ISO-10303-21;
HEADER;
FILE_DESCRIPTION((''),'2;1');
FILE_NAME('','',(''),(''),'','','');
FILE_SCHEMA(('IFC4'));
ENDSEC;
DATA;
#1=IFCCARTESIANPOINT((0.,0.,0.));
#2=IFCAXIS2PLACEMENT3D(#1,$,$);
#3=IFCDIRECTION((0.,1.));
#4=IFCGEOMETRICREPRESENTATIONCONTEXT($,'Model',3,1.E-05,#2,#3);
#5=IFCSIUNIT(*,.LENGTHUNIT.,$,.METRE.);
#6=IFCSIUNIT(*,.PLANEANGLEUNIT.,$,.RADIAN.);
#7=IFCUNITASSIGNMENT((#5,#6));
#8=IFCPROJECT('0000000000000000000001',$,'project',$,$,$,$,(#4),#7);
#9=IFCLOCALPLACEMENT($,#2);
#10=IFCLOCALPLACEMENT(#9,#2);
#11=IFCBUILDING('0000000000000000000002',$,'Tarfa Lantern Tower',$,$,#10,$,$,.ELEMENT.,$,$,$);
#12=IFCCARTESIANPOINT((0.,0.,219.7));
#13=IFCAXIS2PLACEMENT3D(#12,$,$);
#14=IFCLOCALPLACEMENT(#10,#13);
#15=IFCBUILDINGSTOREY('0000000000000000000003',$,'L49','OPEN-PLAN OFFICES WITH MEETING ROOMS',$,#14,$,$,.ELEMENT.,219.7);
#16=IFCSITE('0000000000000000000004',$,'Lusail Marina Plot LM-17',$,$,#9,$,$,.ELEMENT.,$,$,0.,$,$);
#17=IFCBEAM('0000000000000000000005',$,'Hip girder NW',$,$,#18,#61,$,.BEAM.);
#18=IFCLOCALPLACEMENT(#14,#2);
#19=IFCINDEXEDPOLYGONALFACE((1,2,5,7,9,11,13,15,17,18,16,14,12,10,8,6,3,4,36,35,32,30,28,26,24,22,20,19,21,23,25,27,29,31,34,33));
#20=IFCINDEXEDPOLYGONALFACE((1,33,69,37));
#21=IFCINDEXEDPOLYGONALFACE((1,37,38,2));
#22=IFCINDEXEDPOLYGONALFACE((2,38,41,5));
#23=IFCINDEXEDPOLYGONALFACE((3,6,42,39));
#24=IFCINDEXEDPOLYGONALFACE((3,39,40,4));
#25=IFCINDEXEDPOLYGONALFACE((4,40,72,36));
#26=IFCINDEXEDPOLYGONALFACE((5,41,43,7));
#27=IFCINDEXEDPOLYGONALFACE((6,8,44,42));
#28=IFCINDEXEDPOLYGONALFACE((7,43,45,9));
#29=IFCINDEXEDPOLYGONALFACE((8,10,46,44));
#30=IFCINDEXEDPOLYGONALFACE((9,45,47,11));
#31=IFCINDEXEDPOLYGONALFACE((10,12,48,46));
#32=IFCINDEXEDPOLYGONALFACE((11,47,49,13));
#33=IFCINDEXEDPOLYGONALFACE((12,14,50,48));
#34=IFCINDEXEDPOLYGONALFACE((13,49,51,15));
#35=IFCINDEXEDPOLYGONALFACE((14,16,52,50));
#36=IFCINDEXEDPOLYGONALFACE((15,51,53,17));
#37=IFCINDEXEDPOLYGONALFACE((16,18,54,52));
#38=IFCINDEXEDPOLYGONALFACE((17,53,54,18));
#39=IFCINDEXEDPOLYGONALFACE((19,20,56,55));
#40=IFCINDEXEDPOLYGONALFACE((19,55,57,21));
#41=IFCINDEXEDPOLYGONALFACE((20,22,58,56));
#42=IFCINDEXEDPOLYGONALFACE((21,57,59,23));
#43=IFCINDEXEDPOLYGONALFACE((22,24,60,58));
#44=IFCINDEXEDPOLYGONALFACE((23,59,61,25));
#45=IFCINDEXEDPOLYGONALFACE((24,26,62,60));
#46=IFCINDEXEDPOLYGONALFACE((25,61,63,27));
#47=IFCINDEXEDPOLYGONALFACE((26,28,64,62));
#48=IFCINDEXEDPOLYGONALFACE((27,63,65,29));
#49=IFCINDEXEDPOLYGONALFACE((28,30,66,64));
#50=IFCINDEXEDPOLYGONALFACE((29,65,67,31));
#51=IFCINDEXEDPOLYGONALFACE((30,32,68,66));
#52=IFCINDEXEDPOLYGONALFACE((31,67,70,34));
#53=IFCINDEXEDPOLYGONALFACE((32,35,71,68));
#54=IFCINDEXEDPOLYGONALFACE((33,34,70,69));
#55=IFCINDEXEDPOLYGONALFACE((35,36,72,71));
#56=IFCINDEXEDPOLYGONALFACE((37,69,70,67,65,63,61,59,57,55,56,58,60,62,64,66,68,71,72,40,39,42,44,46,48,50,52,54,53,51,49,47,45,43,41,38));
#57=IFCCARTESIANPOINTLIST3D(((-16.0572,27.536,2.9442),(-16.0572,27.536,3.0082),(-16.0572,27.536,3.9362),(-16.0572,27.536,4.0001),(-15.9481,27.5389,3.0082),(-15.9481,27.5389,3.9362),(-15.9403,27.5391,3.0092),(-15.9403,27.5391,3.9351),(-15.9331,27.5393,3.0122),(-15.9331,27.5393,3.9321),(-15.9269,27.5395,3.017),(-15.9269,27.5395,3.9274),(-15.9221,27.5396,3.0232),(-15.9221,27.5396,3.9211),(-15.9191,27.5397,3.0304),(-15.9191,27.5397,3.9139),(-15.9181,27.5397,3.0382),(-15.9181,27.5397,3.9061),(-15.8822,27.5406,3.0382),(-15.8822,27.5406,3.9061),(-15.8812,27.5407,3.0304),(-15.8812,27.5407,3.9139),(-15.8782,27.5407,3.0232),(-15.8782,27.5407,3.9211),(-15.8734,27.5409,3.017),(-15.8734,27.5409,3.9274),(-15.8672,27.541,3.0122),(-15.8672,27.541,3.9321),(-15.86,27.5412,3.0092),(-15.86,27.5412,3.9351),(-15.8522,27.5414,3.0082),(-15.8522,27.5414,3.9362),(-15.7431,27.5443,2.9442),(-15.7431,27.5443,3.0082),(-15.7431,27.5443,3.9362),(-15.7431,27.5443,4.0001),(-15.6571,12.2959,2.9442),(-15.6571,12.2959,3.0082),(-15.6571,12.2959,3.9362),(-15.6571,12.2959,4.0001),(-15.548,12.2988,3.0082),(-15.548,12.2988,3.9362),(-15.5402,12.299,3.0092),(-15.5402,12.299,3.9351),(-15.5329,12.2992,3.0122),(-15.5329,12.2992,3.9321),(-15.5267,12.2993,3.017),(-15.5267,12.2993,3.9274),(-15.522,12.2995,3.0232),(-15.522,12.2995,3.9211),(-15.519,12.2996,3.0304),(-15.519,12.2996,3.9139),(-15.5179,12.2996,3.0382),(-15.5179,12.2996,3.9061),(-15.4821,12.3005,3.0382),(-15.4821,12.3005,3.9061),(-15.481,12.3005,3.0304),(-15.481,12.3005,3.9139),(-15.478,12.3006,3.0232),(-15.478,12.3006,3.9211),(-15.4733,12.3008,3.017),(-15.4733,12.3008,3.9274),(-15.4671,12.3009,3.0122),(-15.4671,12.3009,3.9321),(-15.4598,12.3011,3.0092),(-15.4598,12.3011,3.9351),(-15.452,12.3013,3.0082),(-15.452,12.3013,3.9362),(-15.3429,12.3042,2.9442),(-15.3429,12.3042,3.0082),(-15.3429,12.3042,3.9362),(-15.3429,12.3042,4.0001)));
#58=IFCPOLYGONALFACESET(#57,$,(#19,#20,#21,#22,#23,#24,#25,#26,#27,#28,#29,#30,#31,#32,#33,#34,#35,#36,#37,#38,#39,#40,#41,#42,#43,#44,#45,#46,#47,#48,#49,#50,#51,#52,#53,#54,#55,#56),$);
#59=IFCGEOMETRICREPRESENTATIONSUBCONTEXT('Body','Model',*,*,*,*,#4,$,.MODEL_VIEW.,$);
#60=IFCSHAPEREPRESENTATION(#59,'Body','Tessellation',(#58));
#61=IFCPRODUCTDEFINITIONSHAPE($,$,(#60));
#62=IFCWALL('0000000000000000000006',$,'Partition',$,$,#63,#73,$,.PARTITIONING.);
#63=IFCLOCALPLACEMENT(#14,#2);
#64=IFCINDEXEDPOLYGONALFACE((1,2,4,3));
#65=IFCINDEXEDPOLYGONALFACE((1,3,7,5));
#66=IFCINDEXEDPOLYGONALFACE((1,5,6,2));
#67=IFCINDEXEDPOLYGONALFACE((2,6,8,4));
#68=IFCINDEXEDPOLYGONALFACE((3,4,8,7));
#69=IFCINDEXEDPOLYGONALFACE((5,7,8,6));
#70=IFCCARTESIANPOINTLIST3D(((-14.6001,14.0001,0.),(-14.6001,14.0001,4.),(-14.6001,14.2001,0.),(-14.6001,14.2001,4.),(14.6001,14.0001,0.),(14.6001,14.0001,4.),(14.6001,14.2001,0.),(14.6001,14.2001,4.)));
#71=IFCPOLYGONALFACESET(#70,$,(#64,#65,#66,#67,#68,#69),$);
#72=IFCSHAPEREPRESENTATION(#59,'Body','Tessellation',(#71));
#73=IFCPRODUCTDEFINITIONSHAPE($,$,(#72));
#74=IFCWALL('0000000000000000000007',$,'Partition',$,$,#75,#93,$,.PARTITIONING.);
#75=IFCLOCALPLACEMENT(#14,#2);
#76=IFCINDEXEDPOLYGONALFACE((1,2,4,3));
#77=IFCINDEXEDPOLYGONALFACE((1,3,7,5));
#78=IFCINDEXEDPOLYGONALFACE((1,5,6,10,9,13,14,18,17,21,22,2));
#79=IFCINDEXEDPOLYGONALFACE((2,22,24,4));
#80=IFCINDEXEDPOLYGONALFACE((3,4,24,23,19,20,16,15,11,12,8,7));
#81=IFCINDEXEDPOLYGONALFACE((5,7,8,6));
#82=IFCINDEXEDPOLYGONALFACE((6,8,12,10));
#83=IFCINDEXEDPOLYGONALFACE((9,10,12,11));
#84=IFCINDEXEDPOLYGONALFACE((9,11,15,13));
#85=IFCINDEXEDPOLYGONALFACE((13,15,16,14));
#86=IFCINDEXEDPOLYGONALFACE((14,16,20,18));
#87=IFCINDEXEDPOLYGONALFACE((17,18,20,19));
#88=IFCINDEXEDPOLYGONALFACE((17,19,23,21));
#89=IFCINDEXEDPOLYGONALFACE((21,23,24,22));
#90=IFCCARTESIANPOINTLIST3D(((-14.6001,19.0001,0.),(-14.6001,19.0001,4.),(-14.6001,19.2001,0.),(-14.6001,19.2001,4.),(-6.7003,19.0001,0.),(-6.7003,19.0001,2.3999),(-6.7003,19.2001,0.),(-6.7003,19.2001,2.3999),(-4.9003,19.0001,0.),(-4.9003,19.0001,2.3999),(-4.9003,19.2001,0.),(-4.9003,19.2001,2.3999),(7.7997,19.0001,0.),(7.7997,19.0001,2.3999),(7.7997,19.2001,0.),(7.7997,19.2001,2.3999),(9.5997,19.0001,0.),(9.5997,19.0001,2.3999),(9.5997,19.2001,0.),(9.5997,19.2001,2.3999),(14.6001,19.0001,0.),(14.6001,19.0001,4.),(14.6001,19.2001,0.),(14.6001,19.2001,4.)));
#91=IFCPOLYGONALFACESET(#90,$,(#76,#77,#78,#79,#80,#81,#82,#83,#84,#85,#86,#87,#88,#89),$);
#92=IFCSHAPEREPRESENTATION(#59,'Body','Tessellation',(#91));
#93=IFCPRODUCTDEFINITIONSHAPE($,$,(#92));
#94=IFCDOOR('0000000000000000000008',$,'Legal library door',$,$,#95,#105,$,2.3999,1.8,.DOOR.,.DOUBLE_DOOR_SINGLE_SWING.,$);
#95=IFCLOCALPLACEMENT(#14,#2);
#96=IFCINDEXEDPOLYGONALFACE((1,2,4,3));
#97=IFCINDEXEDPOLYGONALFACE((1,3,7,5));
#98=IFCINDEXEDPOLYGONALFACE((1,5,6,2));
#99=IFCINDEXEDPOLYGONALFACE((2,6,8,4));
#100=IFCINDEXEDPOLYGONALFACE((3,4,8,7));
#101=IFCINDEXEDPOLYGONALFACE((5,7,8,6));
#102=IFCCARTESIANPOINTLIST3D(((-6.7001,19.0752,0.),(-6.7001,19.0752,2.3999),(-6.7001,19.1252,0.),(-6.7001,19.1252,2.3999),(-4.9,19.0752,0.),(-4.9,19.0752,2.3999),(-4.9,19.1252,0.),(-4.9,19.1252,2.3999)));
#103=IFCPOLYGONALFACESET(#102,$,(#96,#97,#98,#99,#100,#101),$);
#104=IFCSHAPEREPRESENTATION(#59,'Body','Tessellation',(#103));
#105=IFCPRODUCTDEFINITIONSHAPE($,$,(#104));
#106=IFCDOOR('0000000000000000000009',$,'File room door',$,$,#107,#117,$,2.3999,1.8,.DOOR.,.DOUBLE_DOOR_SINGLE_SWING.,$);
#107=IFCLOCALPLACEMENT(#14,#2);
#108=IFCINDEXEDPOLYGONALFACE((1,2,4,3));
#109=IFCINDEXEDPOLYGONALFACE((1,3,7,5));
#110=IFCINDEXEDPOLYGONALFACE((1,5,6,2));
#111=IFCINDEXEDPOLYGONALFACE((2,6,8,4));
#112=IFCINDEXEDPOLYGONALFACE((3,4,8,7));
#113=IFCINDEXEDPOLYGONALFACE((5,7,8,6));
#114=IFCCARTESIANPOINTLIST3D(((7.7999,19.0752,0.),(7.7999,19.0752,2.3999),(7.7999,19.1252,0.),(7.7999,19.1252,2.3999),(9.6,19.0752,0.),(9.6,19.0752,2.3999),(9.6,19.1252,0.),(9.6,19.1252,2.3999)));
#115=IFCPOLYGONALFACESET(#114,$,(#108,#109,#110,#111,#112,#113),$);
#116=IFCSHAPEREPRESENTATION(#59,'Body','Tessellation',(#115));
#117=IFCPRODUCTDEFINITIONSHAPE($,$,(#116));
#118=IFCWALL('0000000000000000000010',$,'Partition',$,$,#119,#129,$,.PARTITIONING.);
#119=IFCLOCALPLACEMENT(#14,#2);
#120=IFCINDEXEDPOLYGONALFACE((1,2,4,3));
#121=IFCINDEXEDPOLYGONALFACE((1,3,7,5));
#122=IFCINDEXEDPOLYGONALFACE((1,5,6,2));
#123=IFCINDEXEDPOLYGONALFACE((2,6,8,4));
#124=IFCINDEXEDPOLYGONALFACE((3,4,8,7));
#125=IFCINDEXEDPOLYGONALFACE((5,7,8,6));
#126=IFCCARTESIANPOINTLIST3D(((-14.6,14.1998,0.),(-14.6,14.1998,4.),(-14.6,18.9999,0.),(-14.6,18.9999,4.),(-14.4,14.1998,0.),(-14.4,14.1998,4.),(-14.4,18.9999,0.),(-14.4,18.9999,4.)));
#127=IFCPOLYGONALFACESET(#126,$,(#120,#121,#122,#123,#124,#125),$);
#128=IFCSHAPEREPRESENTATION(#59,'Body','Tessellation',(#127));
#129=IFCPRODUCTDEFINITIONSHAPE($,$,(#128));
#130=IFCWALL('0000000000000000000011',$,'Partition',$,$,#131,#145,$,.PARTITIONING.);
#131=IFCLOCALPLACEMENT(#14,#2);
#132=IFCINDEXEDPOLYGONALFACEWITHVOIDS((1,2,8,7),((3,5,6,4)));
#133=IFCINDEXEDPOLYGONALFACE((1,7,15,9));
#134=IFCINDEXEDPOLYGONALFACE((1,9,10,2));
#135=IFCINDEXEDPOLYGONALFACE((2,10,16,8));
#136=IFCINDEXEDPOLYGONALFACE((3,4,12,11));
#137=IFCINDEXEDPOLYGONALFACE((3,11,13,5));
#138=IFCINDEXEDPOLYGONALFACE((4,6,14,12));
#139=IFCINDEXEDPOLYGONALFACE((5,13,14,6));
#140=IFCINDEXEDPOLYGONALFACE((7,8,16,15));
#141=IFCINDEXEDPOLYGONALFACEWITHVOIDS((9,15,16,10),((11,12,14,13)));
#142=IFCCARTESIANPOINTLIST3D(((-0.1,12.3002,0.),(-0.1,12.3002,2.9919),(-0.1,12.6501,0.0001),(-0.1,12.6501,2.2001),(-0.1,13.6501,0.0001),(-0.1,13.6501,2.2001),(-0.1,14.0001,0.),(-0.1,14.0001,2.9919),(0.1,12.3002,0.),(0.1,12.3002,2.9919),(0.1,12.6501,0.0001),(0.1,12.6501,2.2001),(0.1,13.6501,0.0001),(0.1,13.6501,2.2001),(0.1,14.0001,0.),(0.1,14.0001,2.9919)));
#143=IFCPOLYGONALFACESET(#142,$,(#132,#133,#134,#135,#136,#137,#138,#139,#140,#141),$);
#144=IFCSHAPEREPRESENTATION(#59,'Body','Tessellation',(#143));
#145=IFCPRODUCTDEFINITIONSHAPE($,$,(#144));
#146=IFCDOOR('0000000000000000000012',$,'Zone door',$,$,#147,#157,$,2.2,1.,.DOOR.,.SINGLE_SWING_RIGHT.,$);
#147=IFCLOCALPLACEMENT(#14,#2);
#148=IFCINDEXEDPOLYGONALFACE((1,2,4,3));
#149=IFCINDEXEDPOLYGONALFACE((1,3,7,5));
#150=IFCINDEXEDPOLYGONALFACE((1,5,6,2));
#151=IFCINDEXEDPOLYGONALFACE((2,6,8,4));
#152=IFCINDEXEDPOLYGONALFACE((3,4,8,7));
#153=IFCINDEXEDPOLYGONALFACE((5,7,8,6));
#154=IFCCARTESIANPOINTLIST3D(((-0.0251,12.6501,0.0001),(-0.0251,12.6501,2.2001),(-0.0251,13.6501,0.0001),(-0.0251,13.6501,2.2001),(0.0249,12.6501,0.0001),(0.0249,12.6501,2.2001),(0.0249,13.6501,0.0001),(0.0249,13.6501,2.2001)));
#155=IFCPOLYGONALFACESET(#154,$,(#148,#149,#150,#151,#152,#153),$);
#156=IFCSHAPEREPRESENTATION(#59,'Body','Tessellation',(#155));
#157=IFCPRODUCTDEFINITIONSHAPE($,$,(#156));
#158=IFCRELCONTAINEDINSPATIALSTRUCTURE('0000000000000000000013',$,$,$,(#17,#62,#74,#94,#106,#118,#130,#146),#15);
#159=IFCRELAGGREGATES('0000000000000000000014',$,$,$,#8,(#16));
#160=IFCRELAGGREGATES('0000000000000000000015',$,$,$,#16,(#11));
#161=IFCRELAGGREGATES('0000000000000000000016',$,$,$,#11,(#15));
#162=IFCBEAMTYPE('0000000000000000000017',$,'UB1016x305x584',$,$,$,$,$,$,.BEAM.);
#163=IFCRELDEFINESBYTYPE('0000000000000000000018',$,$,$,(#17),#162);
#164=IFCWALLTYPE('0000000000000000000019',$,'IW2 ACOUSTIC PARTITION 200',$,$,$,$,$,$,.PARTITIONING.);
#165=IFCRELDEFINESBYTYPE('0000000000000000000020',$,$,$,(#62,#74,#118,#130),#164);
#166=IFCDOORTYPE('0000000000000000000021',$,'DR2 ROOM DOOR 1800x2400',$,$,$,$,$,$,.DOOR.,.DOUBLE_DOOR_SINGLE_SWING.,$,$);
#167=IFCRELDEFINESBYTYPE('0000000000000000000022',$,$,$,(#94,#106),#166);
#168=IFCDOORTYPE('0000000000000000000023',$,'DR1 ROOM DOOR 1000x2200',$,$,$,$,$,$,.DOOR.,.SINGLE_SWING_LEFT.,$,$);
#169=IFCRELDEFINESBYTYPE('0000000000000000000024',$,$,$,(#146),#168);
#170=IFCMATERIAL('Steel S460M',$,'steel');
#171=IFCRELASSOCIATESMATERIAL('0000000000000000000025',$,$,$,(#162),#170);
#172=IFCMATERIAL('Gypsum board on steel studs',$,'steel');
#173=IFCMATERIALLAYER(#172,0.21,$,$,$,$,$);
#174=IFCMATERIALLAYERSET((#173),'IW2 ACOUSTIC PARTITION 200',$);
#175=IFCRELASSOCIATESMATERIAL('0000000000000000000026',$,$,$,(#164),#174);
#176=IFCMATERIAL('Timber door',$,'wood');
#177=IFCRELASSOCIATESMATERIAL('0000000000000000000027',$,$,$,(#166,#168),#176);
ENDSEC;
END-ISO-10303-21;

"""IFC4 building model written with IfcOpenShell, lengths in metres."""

from ifc_helpers import new_model, si_unit, direction, frame, frame_2d, origin, origin_2d, place, context, subcontext, project, spatial, rectangle, i_section, extrude, material, layer, layer_set, material_profile, profile_set, type_object, element, fill, save


model = new_model("IFC4")

# Units and contexts
model_context = context("Model", 3, precision=1e-05, world=origin(), true_north=direction((0.0, 1.0)))
body_context = subcontext(model_context, "Body", "Model", "MODEL_VIEW")
ifc_project = project(units=[si_unit("LENGTHUNIT", "METRE"), si_unit("PLANEANGLEUNIT", "RADIAN")], contexts=[model_context])

# Site, building, storey
site_placement = place(None, origin())
site = spatial("IfcSite", under=ifc_project, at=site_placement, Name="Lusail Marina Plot LM-17", CompositionType="ELEMENT", RefElevation=0.0)
building_placement = place(site_placement, origin())
building = spatial("IfcBuilding", under=site, at=building_placement, Name="Tarfa Lantern Tower", CompositionType="ELEMENT")
storey_placement = place(building_placement, frame((0.0, 0.0, 219.7)))
storey = spatial("IfcBuildingStorey", under=building, at=storey_placement, Name="L49", Description="OPEN-PLAN OFFICES WITH MEETING ROOMS", CompositionType="ELEMENT", Elevation=219.7)

# Beam
ifc_material_1 = material(Name="Steel S460M", Category="steel")
ifc_material_profile = material_profile(ifc_material_1, i_section(OverallWidth=0.3142, OverallDepth=1.0559, WebThickness=0.0359, FlangeThickness=0.064, FilletRadius=0.03, at=origin_2d()), Name="UB1016x305x584")
ifc_profile_set = profile_set([ifc_material_profile], Name="Steel S460M")
beam_type = type_object("IfcBeamType", Name="UB1016x305x584", PredefinedType="BEAM", material=ifc_profile_set)
beam_placement = place(storey_placement, frame((-15.5, 12.3, 3.4722), z_axis=(-0.026247, 0.999655, 0.0), x_axis=(-0.999655, -0.026247, 0.0)))
element("IfcBeam", 1, at=beam_placement, inside=storey, type_object=beam_type, Name="Hip girder NW", PredefinedType="BEAM", context=body_context, shape_type="SweptSolid", body=[
    extrude(i_section(OverallWidth=0.3142, OverallDepth=1.0559, WebThickness=0.0359, FlangeThickness=0.064, FilletRadius=0.03, at=origin_2d()), origin(), (0.0, 0.0, 1.0), 15.2454),
])

# Wall
ifc_material_2 = material(Name="Gypsum board on steel studs", Category="steel")
ifc_layer_1 = layer(ifc_material_2, 0.21)
ifc_layer_set_1 = layer_set([ifc_layer_1], Name="IW2 ACOUSTIC PARTITION 200")
wall_type_1 = type_object("IfcWallType", Name="IW2 ACOUSTIC PARTITION 200", PredefinedType="PARTITIONING", material=ifc_layer_set_1)
wall_1_placement = place(storey_placement, frame((-14.6001, 14.1001, 0.0), z_axis=(0.0, 0.0, 1.0), x_axis=(1.0, 0.0, 0.0)))
element("IfcWall", 2, at=wall_1_placement, inside=storey, type_object=wall_type_1, Name="Partition", PredefinedType="PARTITIONING", context=body_context, shape_type="SweptSolid", body=[
    extrude(rectangle(XDim=29.2002, YDim=0.2, at=frame_2d((14.6001, 0.0))), origin(), (0.0, 0.0, 1.0), 4.0),
])

# Wall, openings, doors
wall_2_placement = place(storey_placement, frame((-14.6001, 19.1001, 0.0), z_axis=(0.0, 0.0, 1.0), x_axis=(1.0, 0.0, 0.0)))
wall_2 = element("IfcWall", 3, at=wall_2_placement, inside=storey, type_object=wall_type_1, Name="Partition", PredefinedType="PARTITIONING", context=body_context, shape_type="SweptSolid", body=[
    extrude(rectangle(XDim=29.2002, YDim=0.2, at=frame_2d((14.6001, 0.0))), origin(), (0.0, 0.0, 1.0), 4.0),
])
opening_1_placement = place(wall_2_placement, frame((7.8999, 0.0, 0.0)))
opening_1 = element("IfcOpeningElement", 4, at=opening_1_placement, cuts=wall_2, PredefinedType="OPENING", context=body_context, shape_type="SweptSolid", body=[
    extrude(rectangle(XDim=1.8, YDim=2.3999, at=frame_2d((0.8999, 1.2))), frame((0.0, 0.1099, 0.0), z_axis=(0.0, -1.0, 0.0), x_axis=(1.0, 0.0, 0.0)), (0.0, 0.0, 1.0), 0.22),
])
opening_2_placement = place(wall_2_placement, frame((22.3999, 0.0, 0.0)))
opening_2 = element("IfcOpeningElement", 5, at=opening_2_placement, cuts=wall_2, PredefinedType="OPENING", context=body_context, shape_type="SweptSolid", body=[
    extrude(rectangle(XDim=1.8, YDim=2.3999, at=frame_2d((0.8999, 1.2))), frame((0.0, 0.1099, 0.0), z_axis=(0.0, -1.0, 0.0), x_axis=(1.0, 0.0, 0.0)), (0.0, 0.0, 1.0), 0.22),
])
ifc_material_3 = material(Name="Timber door", Category="wood")
door_type_1 = type_object("IfcDoorType", Name="DR2 ROOM DOOR 1800x2400", OperationType="DOUBLE_DOOR_SINGLE_SWING", PredefinedType="DOOR", material=ifc_material_3)
door_1_placement = place(opening_1_placement, frame((1.8, 0.0, 0.0), z_axis=(0.0, 0.0, 1.0), x_axis=(-1.0, 0.0, 0.0)))
door_1 = element("IfcDoor", 6, at=door_1_placement, inside=storey, type_object=door_type_1, Name="Legal library door", OperationType="DOUBLE_DOOR_SINGLE_SWING", OverallHeight=2.3999, OverallWidth=1.8, PredefinedType="DOOR", context=body_context, shape_type="SweptSolid", body=[
    extrude(rectangle(XDim=1.8, YDim=2.3999, at=frame_2d((0.8999, 1.2))), frame((0.0, 0.0249, 0.0), z_axis=(0.0, -1.0, 0.0), x_axis=(1.0, 0.0, 0.0)), (0.0, 0.0, 1.0), 0.05),
])
fill(opening_1, door_1)
door_2_placement = place(opening_2_placement, frame((1.8, 0.0, 0.0), z_axis=(0.0, 0.0, 1.0), x_axis=(-1.0, 0.0, 0.0)))
door_2 = element("IfcDoor", 7, at=door_2_placement, inside=storey, type_object=door_type_1, Name="File room door", OperationType="DOUBLE_DOOR_SINGLE_SWING", OverallHeight=2.3999, OverallWidth=1.8, PredefinedType="DOOR", context=body_context, shape_type="SweptSolid", body=[
    extrude(rectangle(XDim=1.8, YDim=2.3999, at=frame_2d((0.8999, 1.2))), frame((0.0, 0.0249, 0.0), z_axis=(0.0, -1.0, 0.0), x_axis=(1.0, 0.0, 0.0)), (0.0, 0.0, 1.0), 0.05),
])
fill(opening_2, door_2)

# Wall
wall_3_placement = place(storey_placement, frame((-14.5, 14.2, 0.0), z_axis=(0.0, 0.0, 1.0), x_axis=(0.0, 1.0, 0.0)))
element("IfcWall", 8, at=wall_3_placement, inside=storey, type_object=wall_type_1, Name="Partition", PredefinedType="PARTITIONING", context=body_context, shape_type="SweptSolid", body=[
    extrude(rectangle(XDim=4.8, YDim=0.2, at=frame_2d((2.3999, 0.0))), origin(), (0.0, 0.0, 1.0), 4.0),
])

# Wall, opening, door
wall_4_placement = place(storey_placement, frame((0.0, 12.3, 0.0), z_axis=(0.0, 0.0, 1.0), x_axis=(0.0, 1.0, 0.0)))
wall_4 = element("IfcWall", 9, at=wall_4_placement, inside=storey, type_object=wall_type_1, Name="Partition", PredefinedType="PARTITIONING", context=body_context, shape_type="SweptSolid", body=[
    extrude(rectangle(XDim=1.7, YDim=0.2, at=frame_2d((0.8501, 0.0))), origin(), (0.0, 0.0, 1.0), 2.9919),
])
opening_3_placement = place(wall_4_placement, frame((0.3501, 0.0, 0.0)))
opening_3 = element("IfcOpeningElement", 10, at=opening_3_placement, cuts=wall_4, PredefinedType="OPENING", context=body_context, shape_type="SweptSolid", body=[
    extrude(rectangle(XDim=1.0, YDim=2.2, at=frame_2d((0.5, 1.1001))), frame((0.0, 0.1099, 0.0), z_axis=(0.0, -1.0, 0.0), x_axis=(1.0, 0.0, 0.0)), (0.0, 0.0, 1.0), 0.22),
])
door_type_2 = type_object("IfcDoorType", Name="DR1 ROOM DOOR 1000x2200", OperationType="SINGLE_SWING_LEFT", PredefinedType="DOOR", material=ifc_material_3)
door_3_placement = place(opening_3_placement, frame((1.0, 0.0, 0.0), z_axis=(0.0, 0.0, 1.0), x_axis=(-1.0, 0.0, 0.0)))
door_3 = element("IfcDoor", 11, at=door_3_placement, inside=storey, type_object=door_type_2, Name="Zone door", OperationType="SINGLE_SWING_RIGHT", OverallHeight=2.2, OverallWidth=1.0, PredefinedType="DOOR", context=body_context, shape_type="SweptSolid", body=[
    extrude(rectangle(XDim=1.0, YDim=2.2, at=frame_2d((0.5, 1.1001))), frame((0.0, 0.0249, 0.0), z_axis=(0.0, -1.0, 0.0), x_axis=(1.0, 0.0, 0.0)), (0.0, 0.0, 1.0), 0.05),
])
fill(opening_3, door_3)

save(model, "model.ifc")
